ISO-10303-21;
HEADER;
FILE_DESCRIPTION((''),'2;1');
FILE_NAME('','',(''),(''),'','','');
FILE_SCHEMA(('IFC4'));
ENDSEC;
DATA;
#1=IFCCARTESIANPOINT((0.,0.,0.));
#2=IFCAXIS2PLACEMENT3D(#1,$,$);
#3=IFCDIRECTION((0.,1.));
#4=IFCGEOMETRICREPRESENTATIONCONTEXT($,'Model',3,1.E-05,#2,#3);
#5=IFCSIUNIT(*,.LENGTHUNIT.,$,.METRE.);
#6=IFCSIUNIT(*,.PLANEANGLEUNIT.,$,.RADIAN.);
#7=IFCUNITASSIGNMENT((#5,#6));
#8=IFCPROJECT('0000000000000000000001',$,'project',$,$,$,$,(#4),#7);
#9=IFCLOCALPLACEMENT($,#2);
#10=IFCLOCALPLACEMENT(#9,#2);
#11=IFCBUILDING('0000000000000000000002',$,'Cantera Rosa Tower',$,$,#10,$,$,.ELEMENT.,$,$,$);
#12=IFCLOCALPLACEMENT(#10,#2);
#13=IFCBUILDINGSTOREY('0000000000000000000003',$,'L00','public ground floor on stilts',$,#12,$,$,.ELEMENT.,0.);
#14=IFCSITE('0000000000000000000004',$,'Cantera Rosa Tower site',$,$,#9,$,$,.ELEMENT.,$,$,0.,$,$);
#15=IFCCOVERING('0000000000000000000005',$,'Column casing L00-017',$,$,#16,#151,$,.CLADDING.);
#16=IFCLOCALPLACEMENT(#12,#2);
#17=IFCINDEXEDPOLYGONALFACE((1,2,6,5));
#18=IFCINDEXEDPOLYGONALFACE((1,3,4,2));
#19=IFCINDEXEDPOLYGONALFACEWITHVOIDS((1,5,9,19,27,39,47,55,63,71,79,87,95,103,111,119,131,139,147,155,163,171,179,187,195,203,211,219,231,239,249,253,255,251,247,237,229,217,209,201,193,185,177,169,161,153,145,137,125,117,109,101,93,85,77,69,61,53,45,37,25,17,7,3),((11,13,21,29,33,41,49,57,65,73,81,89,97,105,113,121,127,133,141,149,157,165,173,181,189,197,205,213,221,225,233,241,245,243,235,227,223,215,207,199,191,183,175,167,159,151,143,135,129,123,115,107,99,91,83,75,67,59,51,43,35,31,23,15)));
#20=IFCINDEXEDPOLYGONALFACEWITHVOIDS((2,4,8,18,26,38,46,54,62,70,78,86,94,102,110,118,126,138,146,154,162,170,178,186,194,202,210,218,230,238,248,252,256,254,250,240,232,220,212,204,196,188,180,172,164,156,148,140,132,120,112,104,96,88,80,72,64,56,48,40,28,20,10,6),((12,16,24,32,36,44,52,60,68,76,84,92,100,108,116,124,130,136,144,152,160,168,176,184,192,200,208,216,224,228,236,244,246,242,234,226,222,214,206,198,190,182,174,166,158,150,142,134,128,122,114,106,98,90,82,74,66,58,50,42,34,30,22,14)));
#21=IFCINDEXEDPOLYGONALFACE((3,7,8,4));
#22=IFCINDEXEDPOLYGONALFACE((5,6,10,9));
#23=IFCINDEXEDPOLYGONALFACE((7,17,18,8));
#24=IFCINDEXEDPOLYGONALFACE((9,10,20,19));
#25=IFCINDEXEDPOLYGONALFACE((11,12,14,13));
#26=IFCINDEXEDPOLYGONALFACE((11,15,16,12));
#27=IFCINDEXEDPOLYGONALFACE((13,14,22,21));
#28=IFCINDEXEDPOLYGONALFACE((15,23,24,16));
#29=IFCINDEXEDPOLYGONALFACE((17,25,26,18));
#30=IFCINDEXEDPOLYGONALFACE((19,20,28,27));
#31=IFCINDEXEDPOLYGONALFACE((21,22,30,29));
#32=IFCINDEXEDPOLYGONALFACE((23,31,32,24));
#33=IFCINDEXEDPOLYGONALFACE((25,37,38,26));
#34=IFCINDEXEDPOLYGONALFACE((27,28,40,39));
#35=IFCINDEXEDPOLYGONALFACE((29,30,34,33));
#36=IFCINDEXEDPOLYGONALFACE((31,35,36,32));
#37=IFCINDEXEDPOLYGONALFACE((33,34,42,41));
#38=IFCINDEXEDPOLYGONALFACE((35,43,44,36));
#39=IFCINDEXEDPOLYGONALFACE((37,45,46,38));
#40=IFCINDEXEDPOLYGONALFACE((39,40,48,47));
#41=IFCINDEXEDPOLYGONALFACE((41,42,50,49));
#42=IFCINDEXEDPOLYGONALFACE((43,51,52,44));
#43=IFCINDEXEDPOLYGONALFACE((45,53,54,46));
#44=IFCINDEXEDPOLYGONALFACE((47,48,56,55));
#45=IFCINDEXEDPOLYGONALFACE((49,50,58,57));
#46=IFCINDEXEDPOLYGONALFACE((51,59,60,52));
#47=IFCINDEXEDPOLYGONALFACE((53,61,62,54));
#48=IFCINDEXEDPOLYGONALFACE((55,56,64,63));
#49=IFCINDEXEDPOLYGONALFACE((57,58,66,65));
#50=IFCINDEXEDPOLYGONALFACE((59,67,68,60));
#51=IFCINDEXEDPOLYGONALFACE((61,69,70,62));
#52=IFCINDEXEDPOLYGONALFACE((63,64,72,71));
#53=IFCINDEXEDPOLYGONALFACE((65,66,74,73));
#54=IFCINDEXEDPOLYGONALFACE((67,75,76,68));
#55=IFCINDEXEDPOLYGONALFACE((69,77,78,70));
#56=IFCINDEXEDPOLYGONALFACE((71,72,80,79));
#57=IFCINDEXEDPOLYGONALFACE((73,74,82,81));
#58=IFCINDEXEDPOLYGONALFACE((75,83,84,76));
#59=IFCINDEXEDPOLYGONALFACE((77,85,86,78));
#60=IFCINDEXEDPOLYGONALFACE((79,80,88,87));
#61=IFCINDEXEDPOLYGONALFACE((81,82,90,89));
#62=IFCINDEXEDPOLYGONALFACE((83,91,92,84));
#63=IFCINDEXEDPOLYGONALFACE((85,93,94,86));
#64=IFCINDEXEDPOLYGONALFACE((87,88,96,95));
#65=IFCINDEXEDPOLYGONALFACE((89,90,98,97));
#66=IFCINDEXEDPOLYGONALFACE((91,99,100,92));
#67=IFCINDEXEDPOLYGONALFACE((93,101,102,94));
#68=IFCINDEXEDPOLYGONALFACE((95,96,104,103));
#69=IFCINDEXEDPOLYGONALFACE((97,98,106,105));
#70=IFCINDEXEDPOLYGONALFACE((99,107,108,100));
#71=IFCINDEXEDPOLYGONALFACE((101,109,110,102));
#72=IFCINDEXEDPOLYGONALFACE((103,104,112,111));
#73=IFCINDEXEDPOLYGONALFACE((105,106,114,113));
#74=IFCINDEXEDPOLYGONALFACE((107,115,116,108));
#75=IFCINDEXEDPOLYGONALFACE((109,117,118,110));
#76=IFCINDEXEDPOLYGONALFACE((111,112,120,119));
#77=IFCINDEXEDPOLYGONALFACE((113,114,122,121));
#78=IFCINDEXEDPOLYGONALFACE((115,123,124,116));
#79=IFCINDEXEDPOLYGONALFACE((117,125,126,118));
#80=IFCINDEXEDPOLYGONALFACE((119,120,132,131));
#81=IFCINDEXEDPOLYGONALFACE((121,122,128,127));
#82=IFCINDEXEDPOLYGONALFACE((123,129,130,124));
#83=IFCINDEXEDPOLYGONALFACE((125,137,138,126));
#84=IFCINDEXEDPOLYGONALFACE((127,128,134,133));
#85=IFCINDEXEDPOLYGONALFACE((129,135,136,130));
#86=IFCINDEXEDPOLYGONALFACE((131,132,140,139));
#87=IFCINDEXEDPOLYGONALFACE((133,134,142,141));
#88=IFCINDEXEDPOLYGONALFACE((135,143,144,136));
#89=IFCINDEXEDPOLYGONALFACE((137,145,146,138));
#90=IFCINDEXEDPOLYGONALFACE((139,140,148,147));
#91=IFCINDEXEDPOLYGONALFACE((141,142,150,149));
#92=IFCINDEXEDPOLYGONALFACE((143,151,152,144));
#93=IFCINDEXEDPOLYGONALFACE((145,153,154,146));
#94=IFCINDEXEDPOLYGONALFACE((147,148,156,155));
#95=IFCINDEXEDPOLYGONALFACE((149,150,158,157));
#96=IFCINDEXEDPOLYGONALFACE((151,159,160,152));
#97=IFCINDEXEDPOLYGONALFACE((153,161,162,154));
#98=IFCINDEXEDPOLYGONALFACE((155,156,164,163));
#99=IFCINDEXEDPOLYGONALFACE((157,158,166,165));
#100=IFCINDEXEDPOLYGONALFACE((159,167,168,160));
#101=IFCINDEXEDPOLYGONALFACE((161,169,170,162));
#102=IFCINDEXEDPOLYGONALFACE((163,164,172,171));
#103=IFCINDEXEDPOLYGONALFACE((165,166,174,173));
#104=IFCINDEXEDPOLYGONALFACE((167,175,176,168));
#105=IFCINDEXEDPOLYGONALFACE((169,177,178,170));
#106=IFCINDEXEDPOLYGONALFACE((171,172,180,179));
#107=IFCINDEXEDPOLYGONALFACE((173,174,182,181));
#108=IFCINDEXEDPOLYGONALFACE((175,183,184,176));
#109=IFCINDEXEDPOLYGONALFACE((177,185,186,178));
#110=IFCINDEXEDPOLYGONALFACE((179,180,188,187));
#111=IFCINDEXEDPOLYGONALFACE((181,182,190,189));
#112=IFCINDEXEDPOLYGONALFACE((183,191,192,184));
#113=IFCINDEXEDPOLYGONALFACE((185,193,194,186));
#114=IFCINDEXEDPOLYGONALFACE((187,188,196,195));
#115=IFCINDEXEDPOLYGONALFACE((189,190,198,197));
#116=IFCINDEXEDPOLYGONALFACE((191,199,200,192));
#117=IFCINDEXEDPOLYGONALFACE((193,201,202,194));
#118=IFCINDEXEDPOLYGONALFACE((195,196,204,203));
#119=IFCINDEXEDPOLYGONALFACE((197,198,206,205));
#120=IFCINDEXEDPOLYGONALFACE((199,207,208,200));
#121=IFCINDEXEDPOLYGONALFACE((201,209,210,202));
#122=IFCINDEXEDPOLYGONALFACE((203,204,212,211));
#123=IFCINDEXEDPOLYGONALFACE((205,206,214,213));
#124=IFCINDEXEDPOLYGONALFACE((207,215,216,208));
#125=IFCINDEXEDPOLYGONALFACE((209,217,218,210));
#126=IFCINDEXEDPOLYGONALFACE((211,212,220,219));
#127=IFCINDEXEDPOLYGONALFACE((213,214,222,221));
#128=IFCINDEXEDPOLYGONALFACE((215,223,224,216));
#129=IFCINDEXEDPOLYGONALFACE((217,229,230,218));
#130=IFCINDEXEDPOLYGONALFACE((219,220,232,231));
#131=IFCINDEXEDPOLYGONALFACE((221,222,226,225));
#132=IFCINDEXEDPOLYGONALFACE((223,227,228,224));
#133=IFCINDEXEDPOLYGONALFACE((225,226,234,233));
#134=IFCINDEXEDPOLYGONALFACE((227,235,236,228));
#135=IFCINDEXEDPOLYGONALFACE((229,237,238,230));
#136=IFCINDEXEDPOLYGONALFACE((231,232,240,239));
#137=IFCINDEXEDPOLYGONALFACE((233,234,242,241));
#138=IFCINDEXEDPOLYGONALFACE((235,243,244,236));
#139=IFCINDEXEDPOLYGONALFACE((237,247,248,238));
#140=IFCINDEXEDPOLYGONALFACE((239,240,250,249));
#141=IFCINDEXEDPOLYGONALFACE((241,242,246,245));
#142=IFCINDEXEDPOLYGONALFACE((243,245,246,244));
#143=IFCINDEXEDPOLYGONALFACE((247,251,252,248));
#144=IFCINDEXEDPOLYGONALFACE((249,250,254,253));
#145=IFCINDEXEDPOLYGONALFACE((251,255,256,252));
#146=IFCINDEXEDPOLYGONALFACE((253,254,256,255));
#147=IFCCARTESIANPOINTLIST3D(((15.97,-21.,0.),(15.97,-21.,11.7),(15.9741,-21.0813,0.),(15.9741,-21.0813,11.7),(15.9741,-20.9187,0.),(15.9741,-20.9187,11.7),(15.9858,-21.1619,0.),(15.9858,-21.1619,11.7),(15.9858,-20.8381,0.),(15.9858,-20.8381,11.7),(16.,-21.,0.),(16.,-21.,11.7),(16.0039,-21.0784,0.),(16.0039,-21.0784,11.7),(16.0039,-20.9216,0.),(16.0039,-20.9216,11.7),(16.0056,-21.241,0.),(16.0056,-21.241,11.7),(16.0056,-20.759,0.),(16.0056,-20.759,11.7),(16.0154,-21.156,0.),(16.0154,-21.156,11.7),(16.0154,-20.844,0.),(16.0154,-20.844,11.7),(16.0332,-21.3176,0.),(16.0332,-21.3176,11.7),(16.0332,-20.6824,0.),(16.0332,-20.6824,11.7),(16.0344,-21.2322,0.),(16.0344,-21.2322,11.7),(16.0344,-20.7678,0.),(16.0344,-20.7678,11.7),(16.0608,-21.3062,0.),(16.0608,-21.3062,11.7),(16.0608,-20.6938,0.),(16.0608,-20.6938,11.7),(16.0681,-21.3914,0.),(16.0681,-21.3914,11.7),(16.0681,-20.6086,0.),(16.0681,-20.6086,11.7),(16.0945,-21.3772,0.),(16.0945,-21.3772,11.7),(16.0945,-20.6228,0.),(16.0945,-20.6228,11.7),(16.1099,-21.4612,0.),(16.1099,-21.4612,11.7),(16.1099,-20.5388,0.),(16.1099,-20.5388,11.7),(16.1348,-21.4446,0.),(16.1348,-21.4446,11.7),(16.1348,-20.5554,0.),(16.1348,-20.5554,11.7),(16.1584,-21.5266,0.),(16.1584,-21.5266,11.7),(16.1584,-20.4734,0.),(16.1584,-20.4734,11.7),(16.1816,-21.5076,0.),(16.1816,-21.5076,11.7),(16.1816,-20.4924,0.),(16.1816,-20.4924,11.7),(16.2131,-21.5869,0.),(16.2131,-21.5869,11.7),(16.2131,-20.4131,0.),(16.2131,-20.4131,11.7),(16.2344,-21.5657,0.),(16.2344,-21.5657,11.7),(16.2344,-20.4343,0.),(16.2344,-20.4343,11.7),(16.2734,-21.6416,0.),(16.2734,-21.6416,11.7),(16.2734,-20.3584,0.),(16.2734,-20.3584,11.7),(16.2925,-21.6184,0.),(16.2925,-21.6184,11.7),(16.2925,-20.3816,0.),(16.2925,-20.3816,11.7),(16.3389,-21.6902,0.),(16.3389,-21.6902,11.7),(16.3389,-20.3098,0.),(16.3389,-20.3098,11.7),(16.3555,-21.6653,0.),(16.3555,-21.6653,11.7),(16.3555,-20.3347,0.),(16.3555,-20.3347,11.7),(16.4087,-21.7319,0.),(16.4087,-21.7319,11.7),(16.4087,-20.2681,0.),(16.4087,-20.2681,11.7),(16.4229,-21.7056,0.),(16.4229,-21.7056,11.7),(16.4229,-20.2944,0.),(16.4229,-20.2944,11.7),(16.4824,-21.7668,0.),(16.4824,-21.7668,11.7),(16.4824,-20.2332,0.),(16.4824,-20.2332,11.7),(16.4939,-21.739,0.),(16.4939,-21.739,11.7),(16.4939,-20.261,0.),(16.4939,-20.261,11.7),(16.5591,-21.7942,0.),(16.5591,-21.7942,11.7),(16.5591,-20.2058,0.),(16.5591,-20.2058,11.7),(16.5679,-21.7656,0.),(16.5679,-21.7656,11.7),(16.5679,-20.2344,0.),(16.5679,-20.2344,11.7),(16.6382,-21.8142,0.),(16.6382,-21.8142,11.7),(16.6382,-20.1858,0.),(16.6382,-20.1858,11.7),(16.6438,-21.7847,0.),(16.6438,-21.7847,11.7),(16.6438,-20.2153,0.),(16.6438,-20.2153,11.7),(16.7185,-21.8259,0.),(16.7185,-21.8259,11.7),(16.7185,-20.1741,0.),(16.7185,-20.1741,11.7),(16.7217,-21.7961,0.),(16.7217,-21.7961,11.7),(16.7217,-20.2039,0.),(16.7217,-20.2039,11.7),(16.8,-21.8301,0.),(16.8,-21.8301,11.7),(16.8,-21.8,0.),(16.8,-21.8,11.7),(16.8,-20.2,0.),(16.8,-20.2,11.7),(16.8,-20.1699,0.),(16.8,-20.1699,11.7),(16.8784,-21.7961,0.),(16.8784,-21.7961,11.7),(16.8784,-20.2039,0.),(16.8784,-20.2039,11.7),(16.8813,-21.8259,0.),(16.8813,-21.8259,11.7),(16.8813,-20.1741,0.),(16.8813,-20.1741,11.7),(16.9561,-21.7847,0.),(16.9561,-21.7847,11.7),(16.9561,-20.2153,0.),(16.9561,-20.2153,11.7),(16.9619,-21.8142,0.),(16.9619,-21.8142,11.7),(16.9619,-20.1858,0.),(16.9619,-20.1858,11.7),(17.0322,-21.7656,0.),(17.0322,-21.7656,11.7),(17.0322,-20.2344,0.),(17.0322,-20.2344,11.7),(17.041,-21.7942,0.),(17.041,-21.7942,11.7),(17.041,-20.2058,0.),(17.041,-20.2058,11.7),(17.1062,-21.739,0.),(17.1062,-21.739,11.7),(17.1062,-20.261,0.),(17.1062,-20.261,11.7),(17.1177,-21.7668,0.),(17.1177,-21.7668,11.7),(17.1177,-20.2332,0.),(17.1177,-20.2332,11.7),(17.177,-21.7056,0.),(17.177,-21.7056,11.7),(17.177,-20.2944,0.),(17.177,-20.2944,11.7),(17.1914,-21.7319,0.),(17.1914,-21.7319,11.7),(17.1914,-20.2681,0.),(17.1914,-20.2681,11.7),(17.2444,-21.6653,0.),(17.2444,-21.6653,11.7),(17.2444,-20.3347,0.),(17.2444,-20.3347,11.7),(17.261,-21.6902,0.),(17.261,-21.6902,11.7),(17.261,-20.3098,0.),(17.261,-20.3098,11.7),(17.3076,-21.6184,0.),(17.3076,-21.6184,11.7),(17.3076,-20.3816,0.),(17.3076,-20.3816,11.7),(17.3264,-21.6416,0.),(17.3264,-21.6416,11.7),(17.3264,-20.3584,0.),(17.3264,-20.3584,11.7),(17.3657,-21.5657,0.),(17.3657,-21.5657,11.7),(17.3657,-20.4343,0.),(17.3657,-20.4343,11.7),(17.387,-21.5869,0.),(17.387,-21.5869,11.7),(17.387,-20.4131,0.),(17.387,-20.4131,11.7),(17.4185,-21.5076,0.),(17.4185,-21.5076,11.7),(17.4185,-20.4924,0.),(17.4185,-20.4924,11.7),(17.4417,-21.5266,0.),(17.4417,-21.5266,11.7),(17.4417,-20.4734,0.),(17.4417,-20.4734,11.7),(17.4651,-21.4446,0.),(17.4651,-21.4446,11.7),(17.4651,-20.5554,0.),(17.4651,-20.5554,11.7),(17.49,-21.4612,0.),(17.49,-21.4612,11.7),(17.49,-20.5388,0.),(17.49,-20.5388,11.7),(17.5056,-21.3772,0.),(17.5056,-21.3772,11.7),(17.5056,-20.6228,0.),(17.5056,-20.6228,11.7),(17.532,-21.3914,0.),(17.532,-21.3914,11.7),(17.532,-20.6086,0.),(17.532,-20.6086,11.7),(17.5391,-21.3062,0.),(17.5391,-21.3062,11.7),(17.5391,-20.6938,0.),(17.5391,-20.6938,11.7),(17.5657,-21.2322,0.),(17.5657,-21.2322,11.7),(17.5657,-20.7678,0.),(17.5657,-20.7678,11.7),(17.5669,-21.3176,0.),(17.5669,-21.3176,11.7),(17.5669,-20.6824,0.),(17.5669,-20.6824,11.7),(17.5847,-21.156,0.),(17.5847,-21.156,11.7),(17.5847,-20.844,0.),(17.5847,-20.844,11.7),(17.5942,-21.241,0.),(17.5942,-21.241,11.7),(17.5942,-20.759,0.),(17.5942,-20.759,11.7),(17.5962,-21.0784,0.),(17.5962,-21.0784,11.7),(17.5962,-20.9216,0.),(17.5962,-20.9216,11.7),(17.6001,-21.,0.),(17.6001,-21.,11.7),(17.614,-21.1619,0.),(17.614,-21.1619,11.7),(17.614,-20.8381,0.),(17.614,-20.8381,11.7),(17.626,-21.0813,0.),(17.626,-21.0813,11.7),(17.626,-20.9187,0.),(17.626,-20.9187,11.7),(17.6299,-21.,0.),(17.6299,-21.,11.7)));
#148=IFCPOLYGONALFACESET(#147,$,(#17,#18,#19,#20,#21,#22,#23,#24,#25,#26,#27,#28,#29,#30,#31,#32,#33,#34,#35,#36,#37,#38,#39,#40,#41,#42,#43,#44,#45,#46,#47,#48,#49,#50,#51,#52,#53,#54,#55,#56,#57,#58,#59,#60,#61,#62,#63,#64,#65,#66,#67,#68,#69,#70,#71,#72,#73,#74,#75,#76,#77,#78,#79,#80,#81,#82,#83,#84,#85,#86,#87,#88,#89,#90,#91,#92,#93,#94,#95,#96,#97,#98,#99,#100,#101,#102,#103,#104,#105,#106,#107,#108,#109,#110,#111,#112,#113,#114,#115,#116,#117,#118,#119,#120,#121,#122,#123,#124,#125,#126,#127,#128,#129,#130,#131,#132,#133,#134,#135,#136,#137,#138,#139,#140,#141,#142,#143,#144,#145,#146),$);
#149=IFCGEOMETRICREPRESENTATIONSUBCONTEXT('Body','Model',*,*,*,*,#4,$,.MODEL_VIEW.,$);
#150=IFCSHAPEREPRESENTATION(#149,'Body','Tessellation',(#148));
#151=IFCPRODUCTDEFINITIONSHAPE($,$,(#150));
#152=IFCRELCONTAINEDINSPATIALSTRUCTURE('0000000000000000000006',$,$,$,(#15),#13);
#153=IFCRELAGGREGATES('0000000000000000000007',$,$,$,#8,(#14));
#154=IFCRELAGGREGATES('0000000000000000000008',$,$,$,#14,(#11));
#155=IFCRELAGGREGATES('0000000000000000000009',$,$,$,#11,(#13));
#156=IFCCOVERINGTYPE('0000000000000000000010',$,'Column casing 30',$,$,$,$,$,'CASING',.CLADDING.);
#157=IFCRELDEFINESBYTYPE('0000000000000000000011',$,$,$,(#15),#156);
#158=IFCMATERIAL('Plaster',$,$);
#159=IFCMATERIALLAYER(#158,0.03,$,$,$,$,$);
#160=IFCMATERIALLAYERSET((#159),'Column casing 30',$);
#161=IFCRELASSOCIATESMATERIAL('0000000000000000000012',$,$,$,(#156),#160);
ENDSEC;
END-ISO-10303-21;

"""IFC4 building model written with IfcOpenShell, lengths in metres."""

from ifc_helpers import new_model, si_unit, direction, origin, place, context, subcontext, project, spatial, polyline, outline, extrude, material, layer, layer_set, type_object, element, save


model = new_model("IFC4")

# Units and contexts
model_context = context("Model", 3, precision=1e-05, world=origin(), true_north=direction((0.0, 1.0)))
body_context = subcontext(model_context, "Body", "Model", "MODEL_VIEW")
ifc_project = project(units=[si_unit("LENGTHUNIT", "METRE"), si_unit("PLANEANGLEUNIT", "RADIAN")], contexts=[model_context])

# Site, building, storey
site_placement = place(None, origin())
site = spatial("IfcSite", under=ifc_project, at=site_placement, Name="Cantera Rosa Tower site", CompositionType="ELEMENT", RefElevation=0.0)
building_placement = place(site_placement, origin())
building = spatial("IfcBuilding", under=site, at=building_placement, Name="Cantera Rosa Tower", CompositionType="ELEMENT")
storey_placement = place(building_placement, origin())
storey = spatial("IfcBuildingStorey", under=building, at=storey_placement, Name="L00", Description="public ground floor on stilts", CompositionType="ELEMENT", Elevation=0.0)

# Covering
ifc_material_1 = material(Name="Plaster")
ifc_layer_1 = layer(ifc_material_1, 0.03)
ifc_layer_set_1 = layer_set([ifc_layer_1], Name="Column casing 30")
covering_type = type_object("IfcCoveringType", Name="Column casing 30", ElementType="CASING", PredefinedType="CLADDING", material=ifc_layer_set_1)
covering_1_placement = place(storey_placement, origin())
element("IfcCovering", 1, at=covering_1_placement, inside=storey, type_object=covering_type, Name="Column casing L00-017", PredefinedType="CLADDING", context=body_context, shape_type="SweptSolid", body=[
    extrude(outline(polyline([(17.626, -21.0813), (17.6299, -21.0), (17.626, -20.9187), (17.614, -20.8381), (17.5942, -20.759), (17.5669, -20.6824), (17.532, -20.6086), (17.49, -20.5388), (17.4417, -20.4734), (17.387, -20.4131), (17.3264, -20.3584), (17.261, -20.3098), (17.1914, -20.2681), (17.1177, -20.2332), (17.041, -20.2058), (16.9619, -20.1858), (16.8813, -20.1741), (16.8, -20.1699), (16.7185, -20.1741), (16.6382, -20.1858), (16.5591, -20.2058), (16.4824, -20.2332), (16.4087, -20.2681), (16.3389, -20.3098), (16.2734, -20.3584), (16.2131, -20.4131), (16.1584, -20.4734), (16.1099, -20.5388), (16.0681, -20.6086), (16.0332, -20.6824), (16.0056, -20.759), (15.9858, -20.8381), (15.9741, -20.9187), (15.97, -21.0), (15.9741, -21.0813), (15.9858, -21.1619), (16.0056, -21.241), (16.0332, -21.3176), (16.0681, -21.3914), (16.1099, -21.4612), (16.1584, -21.5266), (16.2131, -21.5869), (16.2734, -21.6416), (16.3389, -21.6902), (16.4087, -21.7319), (16.4824, -21.7668), (16.5591, -21.7942), (16.6382, -21.8142), (16.7185, -21.8259), (16.8, -21.8301), (16.8813, -21.8259), (16.9619, -21.8142), (17.041, -21.7942), (17.1177, -21.7668), (17.1914, -21.7319), (17.261, -21.6902), (17.3264, -21.6416), (17.387, -21.5869), (17.4417, -21.5266), (17.49, -21.4612), (17.532, -21.3914), (17.5669, -21.3176), (17.5942, -21.241), (17.614, -21.1619), (17.626, -21.0813)]), holes=[polyline([(17.5962, -20.9216), (17.5847, -20.844), (17.5657, -20.7678), (17.5391, -20.6938), (17.5056, -20.6228), (17.4651, -20.5554), (17.4185, -20.4924), (17.3657, -20.4343), (17.3076, -20.3816), (17.2444, -20.3347), (17.177, -20.2944), (17.1062, -20.261), (17.0322, -20.2344), (16.9561, -20.2153), (16.8784, -20.2039), (16.8, -20.2), (16.7217, -20.2039), (16.6438, -20.2153), (16.5679, -20.2344), (16.4939, -20.261), (16.4229, -20.2944), (16.3555, -20.3347), (16.2925, -20.3816), (16.2344, -20.4343), (16.1816, -20.4924), (16.1348, -20.5554), (16.0945, -20.6228), (16.0608, -20.6938), (16.0344, -20.7678), (16.0154, -20.844), (16.0039, -20.9216), (16.0, -21.0), (16.0039, -21.0784), (16.0154, -21.156), (16.0344, -21.2322), (16.0608, -21.3062), (16.0945, -21.3772), (16.1348, -21.4446), (16.1816, -21.5076), (16.2344, -21.5657), (16.2925, -21.6184), (16.3555, -21.6653), (16.4229, -21.7056), (16.4939, -21.739), (16.5679, -21.7656), (16.6438, -21.7847), (16.7217, -21.7961), (16.8, -21.8), (16.8784, -21.7961), (16.9561, -21.7847), (17.0322, -21.7656), (17.1062, -21.739), (17.177, -21.7056), (17.2444, -21.6653), (17.3076, -21.6184), (17.3657, -21.5657), (17.4185, -21.5076), (17.4651, -21.4446), (17.5056, -21.3772), (17.5391, -21.3062), (17.5657, -21.2322), (17.5847, -21.156), (17.5962, -21.0784), (17.6001, -21.0), (17.5962, -20.9216)])]), origin(), (0.0, 0.0, 1.0), 11.7),
])

save(model, "model.ifc")
